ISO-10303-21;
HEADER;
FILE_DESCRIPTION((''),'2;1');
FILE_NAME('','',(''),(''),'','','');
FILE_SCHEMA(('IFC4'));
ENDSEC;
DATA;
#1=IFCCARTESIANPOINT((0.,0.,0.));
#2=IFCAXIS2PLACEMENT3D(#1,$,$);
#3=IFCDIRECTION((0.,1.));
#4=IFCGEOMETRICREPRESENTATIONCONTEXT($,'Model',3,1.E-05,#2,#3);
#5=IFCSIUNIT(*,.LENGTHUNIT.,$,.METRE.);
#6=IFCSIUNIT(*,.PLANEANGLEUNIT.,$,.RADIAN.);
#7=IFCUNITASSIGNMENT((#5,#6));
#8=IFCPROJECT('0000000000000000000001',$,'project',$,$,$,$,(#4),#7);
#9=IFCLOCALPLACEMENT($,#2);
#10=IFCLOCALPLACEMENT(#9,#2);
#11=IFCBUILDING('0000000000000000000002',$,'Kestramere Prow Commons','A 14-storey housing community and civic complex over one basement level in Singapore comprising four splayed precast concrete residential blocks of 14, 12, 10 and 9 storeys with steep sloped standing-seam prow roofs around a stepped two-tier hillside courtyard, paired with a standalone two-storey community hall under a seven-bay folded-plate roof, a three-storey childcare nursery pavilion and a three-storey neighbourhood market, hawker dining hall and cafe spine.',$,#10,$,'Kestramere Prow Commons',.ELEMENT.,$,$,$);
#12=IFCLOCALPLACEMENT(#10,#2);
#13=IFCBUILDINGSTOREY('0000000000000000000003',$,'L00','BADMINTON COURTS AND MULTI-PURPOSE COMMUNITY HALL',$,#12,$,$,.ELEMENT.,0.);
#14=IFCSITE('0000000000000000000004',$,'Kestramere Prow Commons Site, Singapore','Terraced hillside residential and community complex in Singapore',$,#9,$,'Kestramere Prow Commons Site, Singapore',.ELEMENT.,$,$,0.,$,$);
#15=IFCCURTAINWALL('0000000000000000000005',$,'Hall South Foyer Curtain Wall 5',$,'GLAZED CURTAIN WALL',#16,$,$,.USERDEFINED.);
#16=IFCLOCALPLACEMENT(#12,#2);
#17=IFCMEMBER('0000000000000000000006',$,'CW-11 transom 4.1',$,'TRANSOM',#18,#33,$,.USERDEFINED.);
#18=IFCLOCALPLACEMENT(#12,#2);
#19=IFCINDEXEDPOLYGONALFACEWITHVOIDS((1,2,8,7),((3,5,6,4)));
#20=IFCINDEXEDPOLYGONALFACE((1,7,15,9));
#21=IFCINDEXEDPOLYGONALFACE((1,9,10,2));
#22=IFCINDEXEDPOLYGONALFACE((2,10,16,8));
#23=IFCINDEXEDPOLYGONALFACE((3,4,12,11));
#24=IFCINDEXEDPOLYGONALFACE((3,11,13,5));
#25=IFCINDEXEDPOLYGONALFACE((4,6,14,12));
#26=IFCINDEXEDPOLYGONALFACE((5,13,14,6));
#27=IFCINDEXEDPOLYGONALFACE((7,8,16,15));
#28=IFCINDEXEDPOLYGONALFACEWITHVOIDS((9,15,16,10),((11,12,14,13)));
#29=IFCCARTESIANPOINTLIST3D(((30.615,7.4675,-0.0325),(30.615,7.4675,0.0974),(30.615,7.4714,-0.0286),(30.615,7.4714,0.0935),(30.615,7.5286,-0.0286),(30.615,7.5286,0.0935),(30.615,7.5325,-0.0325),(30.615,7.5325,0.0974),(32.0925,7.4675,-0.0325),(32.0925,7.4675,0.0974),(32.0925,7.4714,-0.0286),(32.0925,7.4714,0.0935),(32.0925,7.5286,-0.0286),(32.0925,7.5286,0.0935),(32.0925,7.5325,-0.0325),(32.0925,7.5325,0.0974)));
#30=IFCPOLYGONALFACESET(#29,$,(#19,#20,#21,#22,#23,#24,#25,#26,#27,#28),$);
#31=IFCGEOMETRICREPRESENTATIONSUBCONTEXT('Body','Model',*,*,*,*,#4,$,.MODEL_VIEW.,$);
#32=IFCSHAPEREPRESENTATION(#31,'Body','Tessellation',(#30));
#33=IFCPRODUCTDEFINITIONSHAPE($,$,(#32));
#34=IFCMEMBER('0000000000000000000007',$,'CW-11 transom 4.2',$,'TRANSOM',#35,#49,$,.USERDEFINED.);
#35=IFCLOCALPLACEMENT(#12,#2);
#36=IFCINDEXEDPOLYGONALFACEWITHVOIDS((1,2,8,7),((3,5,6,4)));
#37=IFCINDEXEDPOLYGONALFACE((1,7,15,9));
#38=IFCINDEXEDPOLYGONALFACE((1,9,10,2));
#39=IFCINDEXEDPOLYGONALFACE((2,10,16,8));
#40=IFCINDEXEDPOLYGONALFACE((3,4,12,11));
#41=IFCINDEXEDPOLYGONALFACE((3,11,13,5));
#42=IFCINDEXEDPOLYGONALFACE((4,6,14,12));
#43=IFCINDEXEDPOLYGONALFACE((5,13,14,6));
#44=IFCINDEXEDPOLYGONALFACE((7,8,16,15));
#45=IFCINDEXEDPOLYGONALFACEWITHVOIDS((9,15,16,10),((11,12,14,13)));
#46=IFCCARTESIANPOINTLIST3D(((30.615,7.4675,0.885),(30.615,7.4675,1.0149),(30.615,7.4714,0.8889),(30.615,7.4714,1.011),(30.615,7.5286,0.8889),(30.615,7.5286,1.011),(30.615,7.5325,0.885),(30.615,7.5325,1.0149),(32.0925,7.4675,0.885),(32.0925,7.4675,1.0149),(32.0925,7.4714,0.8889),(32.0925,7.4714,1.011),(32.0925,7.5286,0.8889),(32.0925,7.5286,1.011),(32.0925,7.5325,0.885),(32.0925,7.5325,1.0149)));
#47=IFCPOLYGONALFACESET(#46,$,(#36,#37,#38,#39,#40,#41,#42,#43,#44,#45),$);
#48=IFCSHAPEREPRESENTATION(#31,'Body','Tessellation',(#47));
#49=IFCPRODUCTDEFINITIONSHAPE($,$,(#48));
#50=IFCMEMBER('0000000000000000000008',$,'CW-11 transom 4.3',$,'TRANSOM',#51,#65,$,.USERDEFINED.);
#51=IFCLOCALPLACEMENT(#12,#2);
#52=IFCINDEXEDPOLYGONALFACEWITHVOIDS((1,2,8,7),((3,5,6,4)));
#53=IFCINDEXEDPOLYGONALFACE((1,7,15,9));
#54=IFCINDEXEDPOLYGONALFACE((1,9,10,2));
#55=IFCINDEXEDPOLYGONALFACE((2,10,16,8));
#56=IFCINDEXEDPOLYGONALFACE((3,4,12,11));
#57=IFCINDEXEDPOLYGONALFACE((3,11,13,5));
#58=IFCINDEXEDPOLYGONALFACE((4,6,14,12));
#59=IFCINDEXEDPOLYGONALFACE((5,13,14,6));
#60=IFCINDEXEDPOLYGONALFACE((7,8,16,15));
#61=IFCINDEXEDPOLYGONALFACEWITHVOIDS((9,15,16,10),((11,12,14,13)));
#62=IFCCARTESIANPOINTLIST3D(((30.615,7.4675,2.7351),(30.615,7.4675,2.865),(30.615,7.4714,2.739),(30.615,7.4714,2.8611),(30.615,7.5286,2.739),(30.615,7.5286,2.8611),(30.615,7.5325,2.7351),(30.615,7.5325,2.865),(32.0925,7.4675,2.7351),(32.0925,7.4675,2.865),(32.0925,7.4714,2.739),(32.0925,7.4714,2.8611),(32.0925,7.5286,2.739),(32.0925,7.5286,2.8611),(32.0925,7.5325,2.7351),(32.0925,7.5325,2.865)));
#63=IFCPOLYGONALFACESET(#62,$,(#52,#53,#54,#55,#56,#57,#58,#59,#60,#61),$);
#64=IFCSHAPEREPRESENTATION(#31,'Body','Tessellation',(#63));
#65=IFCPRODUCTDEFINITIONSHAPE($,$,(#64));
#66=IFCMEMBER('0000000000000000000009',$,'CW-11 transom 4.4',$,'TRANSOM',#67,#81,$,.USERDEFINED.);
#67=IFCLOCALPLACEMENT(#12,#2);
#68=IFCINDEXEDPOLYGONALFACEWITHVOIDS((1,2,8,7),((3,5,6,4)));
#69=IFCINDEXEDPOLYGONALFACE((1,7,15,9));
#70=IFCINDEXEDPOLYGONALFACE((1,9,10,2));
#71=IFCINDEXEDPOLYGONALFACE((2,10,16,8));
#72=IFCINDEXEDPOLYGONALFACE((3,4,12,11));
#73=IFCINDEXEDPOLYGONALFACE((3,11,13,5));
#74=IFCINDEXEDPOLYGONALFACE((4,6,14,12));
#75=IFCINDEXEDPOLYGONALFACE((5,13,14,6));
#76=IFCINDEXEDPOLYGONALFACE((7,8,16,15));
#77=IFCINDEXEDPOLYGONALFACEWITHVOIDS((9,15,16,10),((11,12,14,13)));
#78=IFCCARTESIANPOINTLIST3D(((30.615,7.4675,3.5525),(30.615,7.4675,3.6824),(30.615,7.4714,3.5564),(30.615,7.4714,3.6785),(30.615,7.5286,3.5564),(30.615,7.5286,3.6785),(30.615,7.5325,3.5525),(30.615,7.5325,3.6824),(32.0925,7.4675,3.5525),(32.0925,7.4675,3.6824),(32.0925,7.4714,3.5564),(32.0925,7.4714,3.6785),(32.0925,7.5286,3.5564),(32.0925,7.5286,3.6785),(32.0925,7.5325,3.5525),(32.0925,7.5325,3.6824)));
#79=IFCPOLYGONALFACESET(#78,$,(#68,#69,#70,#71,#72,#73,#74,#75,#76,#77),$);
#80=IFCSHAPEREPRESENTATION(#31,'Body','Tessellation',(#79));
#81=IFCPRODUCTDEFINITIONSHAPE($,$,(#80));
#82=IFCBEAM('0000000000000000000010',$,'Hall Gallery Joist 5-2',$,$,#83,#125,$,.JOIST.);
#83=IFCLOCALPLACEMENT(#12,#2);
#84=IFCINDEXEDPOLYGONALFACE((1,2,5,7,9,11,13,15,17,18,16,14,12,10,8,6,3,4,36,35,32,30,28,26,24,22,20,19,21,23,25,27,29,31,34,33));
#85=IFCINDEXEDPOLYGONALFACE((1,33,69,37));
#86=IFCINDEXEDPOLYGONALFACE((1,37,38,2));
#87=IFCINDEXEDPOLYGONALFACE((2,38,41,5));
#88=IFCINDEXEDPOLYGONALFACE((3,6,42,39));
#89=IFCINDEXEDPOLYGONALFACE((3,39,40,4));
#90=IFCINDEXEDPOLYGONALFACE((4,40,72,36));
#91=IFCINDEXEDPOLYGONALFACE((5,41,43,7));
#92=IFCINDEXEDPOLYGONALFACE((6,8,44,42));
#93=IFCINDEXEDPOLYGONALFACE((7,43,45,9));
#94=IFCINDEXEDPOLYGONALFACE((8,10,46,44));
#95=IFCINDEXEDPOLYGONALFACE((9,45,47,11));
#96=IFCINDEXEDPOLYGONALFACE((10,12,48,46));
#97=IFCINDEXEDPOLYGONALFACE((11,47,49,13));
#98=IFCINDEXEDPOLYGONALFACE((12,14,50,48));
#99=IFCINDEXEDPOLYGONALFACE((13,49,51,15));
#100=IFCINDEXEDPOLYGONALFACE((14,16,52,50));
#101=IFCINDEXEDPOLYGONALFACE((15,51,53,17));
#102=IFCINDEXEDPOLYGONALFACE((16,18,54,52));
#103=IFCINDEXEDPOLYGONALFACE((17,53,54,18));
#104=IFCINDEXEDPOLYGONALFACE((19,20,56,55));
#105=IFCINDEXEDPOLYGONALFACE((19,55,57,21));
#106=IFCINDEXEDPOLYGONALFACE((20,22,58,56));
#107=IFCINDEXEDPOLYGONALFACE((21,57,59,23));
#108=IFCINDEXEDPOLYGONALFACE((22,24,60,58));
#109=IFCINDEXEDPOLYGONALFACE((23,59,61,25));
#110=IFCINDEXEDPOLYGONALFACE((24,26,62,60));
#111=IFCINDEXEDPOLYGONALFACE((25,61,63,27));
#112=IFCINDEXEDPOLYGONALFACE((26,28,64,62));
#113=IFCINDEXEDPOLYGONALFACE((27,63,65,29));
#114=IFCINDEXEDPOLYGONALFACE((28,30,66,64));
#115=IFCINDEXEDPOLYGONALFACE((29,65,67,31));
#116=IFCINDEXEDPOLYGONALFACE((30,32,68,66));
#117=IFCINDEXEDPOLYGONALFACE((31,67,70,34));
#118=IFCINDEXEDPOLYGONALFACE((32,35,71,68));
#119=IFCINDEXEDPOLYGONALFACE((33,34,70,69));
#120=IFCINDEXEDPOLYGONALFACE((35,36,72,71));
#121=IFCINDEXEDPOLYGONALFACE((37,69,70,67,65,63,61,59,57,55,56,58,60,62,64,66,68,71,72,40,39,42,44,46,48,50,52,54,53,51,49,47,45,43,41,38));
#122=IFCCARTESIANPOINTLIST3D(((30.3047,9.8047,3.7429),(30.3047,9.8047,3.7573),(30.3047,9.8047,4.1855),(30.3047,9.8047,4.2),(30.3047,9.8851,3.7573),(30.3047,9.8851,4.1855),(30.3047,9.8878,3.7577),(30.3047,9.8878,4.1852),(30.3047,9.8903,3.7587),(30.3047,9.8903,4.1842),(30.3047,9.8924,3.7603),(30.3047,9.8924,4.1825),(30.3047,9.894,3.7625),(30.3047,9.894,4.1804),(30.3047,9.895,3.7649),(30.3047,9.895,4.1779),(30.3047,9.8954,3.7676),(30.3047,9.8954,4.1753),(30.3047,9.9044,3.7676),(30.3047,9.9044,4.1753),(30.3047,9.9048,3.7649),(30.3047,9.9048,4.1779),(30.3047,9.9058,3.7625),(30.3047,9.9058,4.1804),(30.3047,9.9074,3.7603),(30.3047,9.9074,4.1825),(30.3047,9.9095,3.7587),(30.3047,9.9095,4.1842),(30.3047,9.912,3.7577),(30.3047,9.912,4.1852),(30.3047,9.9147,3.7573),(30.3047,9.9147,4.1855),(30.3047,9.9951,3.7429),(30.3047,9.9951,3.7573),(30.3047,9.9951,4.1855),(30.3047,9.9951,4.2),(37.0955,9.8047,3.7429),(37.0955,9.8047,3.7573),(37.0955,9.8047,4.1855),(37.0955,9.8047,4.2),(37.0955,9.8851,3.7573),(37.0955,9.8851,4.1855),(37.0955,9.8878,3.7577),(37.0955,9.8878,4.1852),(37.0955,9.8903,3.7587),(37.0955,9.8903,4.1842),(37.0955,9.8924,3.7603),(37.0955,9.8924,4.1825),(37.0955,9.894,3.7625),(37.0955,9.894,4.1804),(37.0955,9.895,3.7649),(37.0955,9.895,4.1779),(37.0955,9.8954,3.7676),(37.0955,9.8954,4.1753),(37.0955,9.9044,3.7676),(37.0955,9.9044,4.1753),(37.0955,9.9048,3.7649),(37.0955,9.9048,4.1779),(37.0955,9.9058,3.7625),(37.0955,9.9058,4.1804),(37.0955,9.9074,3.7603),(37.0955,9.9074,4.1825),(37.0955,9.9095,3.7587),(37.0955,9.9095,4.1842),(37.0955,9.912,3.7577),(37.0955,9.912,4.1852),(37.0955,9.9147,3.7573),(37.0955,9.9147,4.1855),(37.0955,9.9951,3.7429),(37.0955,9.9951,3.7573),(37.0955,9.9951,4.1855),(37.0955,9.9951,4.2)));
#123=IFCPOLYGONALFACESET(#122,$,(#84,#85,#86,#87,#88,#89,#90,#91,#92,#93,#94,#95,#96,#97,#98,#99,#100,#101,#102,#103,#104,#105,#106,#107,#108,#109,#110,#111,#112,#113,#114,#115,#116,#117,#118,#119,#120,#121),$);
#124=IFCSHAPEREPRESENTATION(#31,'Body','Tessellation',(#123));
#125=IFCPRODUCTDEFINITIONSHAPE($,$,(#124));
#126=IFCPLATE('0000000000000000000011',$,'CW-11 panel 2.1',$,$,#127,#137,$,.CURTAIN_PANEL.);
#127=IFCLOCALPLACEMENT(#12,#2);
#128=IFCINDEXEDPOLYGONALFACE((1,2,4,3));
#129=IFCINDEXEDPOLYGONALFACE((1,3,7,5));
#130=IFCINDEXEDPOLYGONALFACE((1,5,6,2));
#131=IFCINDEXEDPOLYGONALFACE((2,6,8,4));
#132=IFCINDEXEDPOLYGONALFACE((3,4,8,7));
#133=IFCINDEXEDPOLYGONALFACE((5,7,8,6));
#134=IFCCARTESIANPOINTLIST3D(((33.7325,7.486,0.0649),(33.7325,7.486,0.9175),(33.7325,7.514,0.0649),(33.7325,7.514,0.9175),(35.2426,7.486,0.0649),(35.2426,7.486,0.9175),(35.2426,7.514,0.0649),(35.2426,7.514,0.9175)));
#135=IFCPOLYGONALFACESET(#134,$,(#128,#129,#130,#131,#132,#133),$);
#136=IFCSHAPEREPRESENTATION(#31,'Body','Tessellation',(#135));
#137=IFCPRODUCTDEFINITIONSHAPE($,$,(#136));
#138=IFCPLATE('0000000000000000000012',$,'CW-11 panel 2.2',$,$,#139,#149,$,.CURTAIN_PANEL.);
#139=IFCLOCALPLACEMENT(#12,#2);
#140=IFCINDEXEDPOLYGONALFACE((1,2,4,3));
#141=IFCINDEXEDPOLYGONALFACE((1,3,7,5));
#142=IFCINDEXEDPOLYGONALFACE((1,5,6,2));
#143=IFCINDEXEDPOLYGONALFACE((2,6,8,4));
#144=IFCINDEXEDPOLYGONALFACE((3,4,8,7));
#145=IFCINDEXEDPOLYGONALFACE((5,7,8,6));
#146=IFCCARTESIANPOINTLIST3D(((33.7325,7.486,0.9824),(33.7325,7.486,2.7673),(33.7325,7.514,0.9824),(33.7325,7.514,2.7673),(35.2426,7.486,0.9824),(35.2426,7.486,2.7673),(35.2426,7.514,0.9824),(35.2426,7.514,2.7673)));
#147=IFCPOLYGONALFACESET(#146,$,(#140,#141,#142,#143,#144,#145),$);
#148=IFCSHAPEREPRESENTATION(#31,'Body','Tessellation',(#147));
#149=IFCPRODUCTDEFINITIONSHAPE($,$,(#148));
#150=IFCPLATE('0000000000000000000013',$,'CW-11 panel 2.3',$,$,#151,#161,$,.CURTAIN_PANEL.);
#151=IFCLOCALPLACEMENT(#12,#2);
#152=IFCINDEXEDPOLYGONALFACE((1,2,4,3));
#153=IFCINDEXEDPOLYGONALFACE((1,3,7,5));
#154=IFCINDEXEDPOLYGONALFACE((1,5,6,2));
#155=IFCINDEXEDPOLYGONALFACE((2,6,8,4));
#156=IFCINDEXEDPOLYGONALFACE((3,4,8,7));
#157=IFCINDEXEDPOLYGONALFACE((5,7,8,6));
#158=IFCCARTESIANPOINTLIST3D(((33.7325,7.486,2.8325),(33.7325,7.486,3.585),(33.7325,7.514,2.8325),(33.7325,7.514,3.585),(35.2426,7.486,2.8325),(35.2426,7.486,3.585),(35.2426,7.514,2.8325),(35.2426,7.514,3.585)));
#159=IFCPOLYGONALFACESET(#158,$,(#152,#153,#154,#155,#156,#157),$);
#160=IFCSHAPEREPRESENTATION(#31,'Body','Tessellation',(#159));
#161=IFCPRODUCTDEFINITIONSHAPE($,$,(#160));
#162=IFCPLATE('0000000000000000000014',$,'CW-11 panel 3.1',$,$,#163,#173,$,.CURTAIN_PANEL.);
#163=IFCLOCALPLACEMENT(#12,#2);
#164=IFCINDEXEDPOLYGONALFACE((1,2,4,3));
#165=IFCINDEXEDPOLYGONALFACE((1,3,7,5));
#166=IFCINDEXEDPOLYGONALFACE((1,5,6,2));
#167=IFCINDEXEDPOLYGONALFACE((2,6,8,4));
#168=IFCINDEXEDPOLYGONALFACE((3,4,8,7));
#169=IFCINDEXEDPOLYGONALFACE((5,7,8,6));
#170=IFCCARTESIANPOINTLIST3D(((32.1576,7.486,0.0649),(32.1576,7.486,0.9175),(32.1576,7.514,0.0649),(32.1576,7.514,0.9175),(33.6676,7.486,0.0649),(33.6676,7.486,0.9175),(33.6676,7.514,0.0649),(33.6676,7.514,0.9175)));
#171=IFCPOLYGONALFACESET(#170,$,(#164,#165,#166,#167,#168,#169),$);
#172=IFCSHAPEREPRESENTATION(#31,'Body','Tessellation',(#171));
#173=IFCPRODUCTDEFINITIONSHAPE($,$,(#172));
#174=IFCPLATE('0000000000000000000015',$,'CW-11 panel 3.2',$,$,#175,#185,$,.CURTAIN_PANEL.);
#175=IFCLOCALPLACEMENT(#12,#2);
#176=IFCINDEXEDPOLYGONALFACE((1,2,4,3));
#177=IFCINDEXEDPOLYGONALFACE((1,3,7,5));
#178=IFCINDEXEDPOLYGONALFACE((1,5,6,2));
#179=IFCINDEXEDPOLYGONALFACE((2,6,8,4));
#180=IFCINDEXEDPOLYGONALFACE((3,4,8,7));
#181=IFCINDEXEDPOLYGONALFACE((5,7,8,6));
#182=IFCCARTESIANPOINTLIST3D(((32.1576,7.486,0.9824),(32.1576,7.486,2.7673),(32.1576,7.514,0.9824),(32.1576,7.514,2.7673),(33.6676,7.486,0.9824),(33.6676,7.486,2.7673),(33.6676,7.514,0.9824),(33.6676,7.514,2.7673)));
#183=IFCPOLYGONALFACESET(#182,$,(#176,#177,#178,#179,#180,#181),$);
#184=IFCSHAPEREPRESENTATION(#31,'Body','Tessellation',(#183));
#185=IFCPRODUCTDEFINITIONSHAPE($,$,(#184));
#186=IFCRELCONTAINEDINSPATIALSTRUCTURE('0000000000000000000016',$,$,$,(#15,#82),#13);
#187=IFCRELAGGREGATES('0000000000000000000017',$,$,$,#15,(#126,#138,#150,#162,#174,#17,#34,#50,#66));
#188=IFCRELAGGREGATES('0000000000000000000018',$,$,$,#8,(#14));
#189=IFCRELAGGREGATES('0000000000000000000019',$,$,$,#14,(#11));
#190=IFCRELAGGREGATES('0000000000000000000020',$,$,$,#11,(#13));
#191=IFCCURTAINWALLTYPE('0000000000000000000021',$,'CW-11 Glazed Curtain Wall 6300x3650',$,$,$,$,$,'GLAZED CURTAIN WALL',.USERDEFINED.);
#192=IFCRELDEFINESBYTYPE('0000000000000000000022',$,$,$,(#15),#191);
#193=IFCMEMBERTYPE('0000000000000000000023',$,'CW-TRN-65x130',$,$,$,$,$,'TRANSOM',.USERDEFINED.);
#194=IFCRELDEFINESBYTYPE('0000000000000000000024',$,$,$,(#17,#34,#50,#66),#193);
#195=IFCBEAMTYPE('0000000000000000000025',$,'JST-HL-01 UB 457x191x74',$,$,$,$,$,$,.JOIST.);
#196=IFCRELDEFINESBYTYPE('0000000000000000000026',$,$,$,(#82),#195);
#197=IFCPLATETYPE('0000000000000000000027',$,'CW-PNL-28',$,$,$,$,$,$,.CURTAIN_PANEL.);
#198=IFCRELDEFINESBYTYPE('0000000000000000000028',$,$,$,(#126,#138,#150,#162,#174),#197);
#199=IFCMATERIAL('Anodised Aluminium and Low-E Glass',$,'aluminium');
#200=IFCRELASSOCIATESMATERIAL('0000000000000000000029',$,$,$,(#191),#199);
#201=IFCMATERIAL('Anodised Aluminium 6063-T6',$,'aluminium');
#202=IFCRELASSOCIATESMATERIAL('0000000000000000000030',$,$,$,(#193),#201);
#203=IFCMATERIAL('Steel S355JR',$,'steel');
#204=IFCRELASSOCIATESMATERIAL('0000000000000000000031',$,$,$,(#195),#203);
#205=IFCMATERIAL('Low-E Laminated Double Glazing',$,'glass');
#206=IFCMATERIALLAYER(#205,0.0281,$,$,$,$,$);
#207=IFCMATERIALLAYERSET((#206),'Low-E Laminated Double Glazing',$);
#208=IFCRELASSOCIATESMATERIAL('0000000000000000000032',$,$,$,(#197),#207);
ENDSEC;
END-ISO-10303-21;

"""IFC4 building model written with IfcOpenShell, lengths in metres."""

from ifc_helpers import new_model, si_unit, direction, frame, origin, origin_2d, place, context, subcontext, project, spatial, rectangle, hollow_rectangle, i_section, extrude, material, layer, layer_set, material_profile, profile_set, type_object, element, aggregate, save


model = new_model("IFC4")

# Units and contexts
model_context = context("Model", 3, precision=1e-05, world=origin(), true_north=direction((0.0, 1.0)))
body_context = subcontext(model_context, "Body", "Model", "MODEL_VIEW")
ifc_project = project(units=[si_unit("LENGTHUNIT", "METRE"), si_unit("PLANEANGLEUNIT", "RADIAN")], contexts=[model_context])

# Site, building, storey
site_placement = place(None, origin())
site = spatial("IfcSite", under=ifc_project, at=site_placement, Name="Kestramere Prow Commons Site, Singapore", Description="Terraced hillside residential and community complex in Singapore", LongName="Kestramere Prow Commons Site, Singapore", CompositionType="ELEMENT", RefElevation=0.0)
building_placement = place(site_placement, origin())
building = spatial("IfcBuilding", under=site, at=building_placement, Name="Kestramere Prow Commons", Description="A 14-storey housing community and civic complex over one basement level in Singapore comprising four splayed precast concrete residential blocks of 14, 12, 10 and 9 storeys with steep sloped standing-seam prow roofs around a stepped two-tier hillside courtyard, paired with a standalone two-storey community hall under a seven-bay folded-plate roof, a three-storey childcare nursery pavilion and a three-storey neighbourhood market, hawker dining hall and cafe spine.", LongName="Kestramere Prow Commons", CompositionType="ELEMENT")
storey_placement = place(building_placement, origin())
storey = spatial("IfcBuildingStorey", under=building, at=storey_placement, Name="L00", Description="BADMINTON COURTS AND MULTI-PURPOSE COMMUNITY HALL", CompositionType="ELEMENT", Elevation=0.0)

# Shared definitions
ifc_material_1 = material(Name="Steel S355JR", Category="steel")

# Curtain wall, members
ifc_material_2 = material(Name="Anodised Aluminium and Low-E Glass", Category="aluminium")
curtain_wall_type = type_object("IfcCurtainWallType", Name="CW-11 Glazed Curtain Wall 6300x3650", ElementType="GLAZED CURTAIN WALL", PredefinedType="USERDEFINED", material=ifc_material_2)
curtain_wall_placement = place(storey_placement, origin())
curtain_wall = element("IfcCurtainWall", 1, at=curtain_wall_placement, inside=storey, type_object=curtain_wall_type, Name="Hall South Foyer Curtain Wall 5", ObjectType="GLAZED CURTAIN WALL", PredefinedType="USERDEFINED")
ifc_material_3 = material(Name="Anodised Aluminium 6063-T6", Category="aluminium")
ifc_material_profile_1 = material_profile(ifc_material_3, hollow_rectangle(XDim=0.0649, YDim=0.1299, WallThickness=0.0039, at=origin_2d()), Name="ALU-TRN 65x130")
ifc_profile_set_1 = profile_set([ifc_material_profile_1], Name="Anodised Aluminium 6063-T6")
member_type_1 = type_object("IfcMemberType", Name="CW-TRN-65x130", ElementType="TRANSOM", PredefinedType="USERDEFINED", material=ifc_profile_set_1)
member_1_placement = place(storey_placement, frame((32.0925, 7.5, 0.0325), z_axis=(-1.0, 0.0, 0.0), x_axis=(0.0, -1.0, 0.0)))
member_1 = element("IfcMember", 2, at=member_1_placement, type_object=member_type_1, Name="CW-11 transom 4.1", ObjectType="TRANSOM", PredefinedType="USERDEFINED", context=body_context, shape_type="SweptSolid", body=[
    extrude(hollow_rectangle(XDim=0.0649, YDim=0.1299, WallThickness=0.0039, at=origin_2d()), origin(), (0.0, 0.0, 1.0), 1.4775),
])
member_2_placement = place(storey_placement, frame((32.0925, 7.5, 0.95), z_axis=(-1.0, 0.0, 0.0), x_axis=(0.0, -1.0, 0.0)))
member_2 = element("IfcMember", 3, at=member_2_placement, type_object=member_type_1, Name="CW-11 transom 4.2", ObjectType="TRANSOM", PredefinedType="USERDEFINED", context=body_context, shape_type="SweptSolid", body=[
    extrude(hollow_rectangle(XDim=0.0649, YDim=0.1299, WallThickness=0.0039, at=origin_2d()), origin(), (0.0, 0.0, 1.0), 1.4775),
])
member_3_placement = place(storey_placement, frame((32.0925, 7.5, 2.8), z_axis=(-1.0, 0.0, 0.0), x_axis=(0.0, -1.0, 0.0)))
member_3 = element("IfcMember", 4, at=member_3_placement, type_object=member_type_1, Name="CW-11 transom 4.3", ObjectType="TRANSOM", PredefinedType="USERDEFINED", context=body_context, shape_type="SweptSolid", body=[
    extrude(hollow_rectangle(XDim=0.0649, YDim=0.1299, WallThickness=0.0039, at=origin_2d()), origin(), (0.0, 0.0, 1.0), 1.4775),
])
member_4_placement = place(storey_placement, frame((32.0925, 7.5, 3.6174), z_axis=(-1.0, 0.0, 0.0), x_axis=(0.0, -1.0, 0.0)))
member_4 = element("IfcMember", 5, at=member_4_placement, type_object=member_type_1, Name="CW-11 transom 4.4", ObjectType="TRANSOM", PredefinedType="USERDEFINED", context=body_context, shape_type="SweptSolid", body=[
    extrude(hollow_rectangle(XDim=0.0649, YDim=0.1299, WallThickness=0.0039, at=origin_2d()), origin(), (0.0, 0.0, 1.0), 1.4775),
])

# Beam
ifc_material_profile_2 = material_profile(ifc_material_1, i_section(OverallWidth=0.1904, OverallDepth=0.457, WebThickness=0.009, FlangeThickness=0.0144, FilletRadius=0.0103, at=origin_2d()), Name="UB 457x191x74")
ifc_profile_set_2 = profile_set([ifc_material_profile_2], Name="Steel S355JR")
beam_type_1 = type_object("IfcBeamType", Name="JST-HL-01 UB 457x191x74", PredefinedType="JOIST", material=ifc_profile_set_2)
beam_1_placement = place(storey_placement, frame((30.3047, 9.8999, 3.9714), z_axis=(1.0, 0.0, 0.0), x_axis=(0.0, 1.0, 0.0)))
element("IfcBeam", 6, at=beam_1_placement, inside=storey, type_object=beam_type_1, Name="Hall Gallery Joist 5-2", PredefinedType="JOIST", context=body_context, shape_type="SweptSolid", body=[
    extrude(i_section(OverallWidth=0.1904, OverallDepth=0.457, WebThickness=0.009, FlangeThickness=0.0144, FilletRadius=0.0103, at=origin_2d()), origin(), (0.0, 0.0, 1.0), 6.7908),
])

# Plates
ifc_material_4 = material(Name="Low-E Laminated Double Glazing", Category="glass")
ifc_layer_1 = layer(ifc_material_4, 0.0281)
ifc_layer_set_1 = layer_set([ifc_layer_1], Name="Low-E Laminated Double Glazing")
plate_type = type_object("IfcPlateType", Name="CW-PNL-28", PredefinedType="CURTAIN_PANEL", material=ifc_layer_set_1)
plate_1_placement = place(storey_placement, frame((34.4875, 7.5, 0.0649), z_axis=(0.0, 0.0, 1.0), x_axis=(-1.0, 0.0, 0.0)))
plate_1 = element("IfcPlate", 7, at=plate_1_placement, type_object=plate_type, Name="CW-11 panel 2.1", PredefinedType="CURTAIN_PANEL", context=body_context, shape_type="SweptSolid", body=[
    extrude(rectangle(XDim=1.51, YDim=0.0281, at=origin_2d()), origin(), (0.0, 0.0, 1.0), 0.8525),
])
plate_2_placement = place(storey_placement, frame((34.4875, 7.5, 0.9824), z_axis=(0.0, 0.0, 1.0), x_axis=(-1.0, 0.0, 0.0)))
plate_2 = element("IfcPlate", 8, at=plate_2_placement, type_object=plate_type, Name="CW-11 panel 2.2", PredefinedType="CURTAIN_PANEL", context=body_context, shape_type="SweptSolid", body=[
    extrude(rectangle(XDim=1.51, YDim=0.0281, at=origin_2d()), origin(), (0.0, 0.0, 1.0), 1.7849),
])
plate_3_placement = place(storey_placement, frame((34.4875, 7.5, 2.8325), z_axis=(0.0, 0.0, 1.0), x_axis=(-1.0, 0.0, 0.0)))
plate_3 = element("IfcPlate", 9, at=plate_3_placement, type_object=plate_type, Name="CW-11 panel 2.3", PredefinedType="CURTAIN_PANEL", context=body_context, shape_type="SweptSolid", body=[
    extrude(rectangle(XDim=1.51, YDim=0.0281, at=origin_2d()), origin(), (0.0, 0.0, 1.0), 0.7524),
])
plate_4_placement = place(storey_placement, frame((32.9126, 7.5, 0.0649), z_axis=(0.0, 0.0, 1.0), x_axis=(-1.0, 0.0, 0.0)))
plate_4 = element("IfcPlate", 10, at=plate_4_placement, type_object=plate_type, Name="CW-11 panel 3.1", PredefinedType="CURTAIN_PANEL", context=body_context, shape_type="SweptSolid", body=[
    extrude(rectangle(XDim=1.51, YDim=0.0281, at=origin_2d()), origin(), (0.0, 0.0, 1.0), 0.8525),
])
plate_5_placement = place(storey_placement, frame((32.9126, 7.5, 0.9824), z_axis=(0.0, 0.0, 1.0), x_axis=(-1.0, 0.0, 0.0)))
plate_5 = element("IfcPlate", 11, at=plate_5_placement, type_object=plate_type, Name="CW-11 panel 3.2", PredefinedType="CURTAIN_PANEL", context=body_context, shape_type="SweptSolid", body=[
    extrude(rectangle(XDim=1.51, YDim=0.0281, at=origin_2d()), origin(), (0.0, 0.0, 1.0), 1.7849),
])
aggregate(curtain_wall, [plate_1, plate_2, plate_3, plate_4, plate_5, member_1, member_2, member_3, member_4])

save(model, "model.ifc")
